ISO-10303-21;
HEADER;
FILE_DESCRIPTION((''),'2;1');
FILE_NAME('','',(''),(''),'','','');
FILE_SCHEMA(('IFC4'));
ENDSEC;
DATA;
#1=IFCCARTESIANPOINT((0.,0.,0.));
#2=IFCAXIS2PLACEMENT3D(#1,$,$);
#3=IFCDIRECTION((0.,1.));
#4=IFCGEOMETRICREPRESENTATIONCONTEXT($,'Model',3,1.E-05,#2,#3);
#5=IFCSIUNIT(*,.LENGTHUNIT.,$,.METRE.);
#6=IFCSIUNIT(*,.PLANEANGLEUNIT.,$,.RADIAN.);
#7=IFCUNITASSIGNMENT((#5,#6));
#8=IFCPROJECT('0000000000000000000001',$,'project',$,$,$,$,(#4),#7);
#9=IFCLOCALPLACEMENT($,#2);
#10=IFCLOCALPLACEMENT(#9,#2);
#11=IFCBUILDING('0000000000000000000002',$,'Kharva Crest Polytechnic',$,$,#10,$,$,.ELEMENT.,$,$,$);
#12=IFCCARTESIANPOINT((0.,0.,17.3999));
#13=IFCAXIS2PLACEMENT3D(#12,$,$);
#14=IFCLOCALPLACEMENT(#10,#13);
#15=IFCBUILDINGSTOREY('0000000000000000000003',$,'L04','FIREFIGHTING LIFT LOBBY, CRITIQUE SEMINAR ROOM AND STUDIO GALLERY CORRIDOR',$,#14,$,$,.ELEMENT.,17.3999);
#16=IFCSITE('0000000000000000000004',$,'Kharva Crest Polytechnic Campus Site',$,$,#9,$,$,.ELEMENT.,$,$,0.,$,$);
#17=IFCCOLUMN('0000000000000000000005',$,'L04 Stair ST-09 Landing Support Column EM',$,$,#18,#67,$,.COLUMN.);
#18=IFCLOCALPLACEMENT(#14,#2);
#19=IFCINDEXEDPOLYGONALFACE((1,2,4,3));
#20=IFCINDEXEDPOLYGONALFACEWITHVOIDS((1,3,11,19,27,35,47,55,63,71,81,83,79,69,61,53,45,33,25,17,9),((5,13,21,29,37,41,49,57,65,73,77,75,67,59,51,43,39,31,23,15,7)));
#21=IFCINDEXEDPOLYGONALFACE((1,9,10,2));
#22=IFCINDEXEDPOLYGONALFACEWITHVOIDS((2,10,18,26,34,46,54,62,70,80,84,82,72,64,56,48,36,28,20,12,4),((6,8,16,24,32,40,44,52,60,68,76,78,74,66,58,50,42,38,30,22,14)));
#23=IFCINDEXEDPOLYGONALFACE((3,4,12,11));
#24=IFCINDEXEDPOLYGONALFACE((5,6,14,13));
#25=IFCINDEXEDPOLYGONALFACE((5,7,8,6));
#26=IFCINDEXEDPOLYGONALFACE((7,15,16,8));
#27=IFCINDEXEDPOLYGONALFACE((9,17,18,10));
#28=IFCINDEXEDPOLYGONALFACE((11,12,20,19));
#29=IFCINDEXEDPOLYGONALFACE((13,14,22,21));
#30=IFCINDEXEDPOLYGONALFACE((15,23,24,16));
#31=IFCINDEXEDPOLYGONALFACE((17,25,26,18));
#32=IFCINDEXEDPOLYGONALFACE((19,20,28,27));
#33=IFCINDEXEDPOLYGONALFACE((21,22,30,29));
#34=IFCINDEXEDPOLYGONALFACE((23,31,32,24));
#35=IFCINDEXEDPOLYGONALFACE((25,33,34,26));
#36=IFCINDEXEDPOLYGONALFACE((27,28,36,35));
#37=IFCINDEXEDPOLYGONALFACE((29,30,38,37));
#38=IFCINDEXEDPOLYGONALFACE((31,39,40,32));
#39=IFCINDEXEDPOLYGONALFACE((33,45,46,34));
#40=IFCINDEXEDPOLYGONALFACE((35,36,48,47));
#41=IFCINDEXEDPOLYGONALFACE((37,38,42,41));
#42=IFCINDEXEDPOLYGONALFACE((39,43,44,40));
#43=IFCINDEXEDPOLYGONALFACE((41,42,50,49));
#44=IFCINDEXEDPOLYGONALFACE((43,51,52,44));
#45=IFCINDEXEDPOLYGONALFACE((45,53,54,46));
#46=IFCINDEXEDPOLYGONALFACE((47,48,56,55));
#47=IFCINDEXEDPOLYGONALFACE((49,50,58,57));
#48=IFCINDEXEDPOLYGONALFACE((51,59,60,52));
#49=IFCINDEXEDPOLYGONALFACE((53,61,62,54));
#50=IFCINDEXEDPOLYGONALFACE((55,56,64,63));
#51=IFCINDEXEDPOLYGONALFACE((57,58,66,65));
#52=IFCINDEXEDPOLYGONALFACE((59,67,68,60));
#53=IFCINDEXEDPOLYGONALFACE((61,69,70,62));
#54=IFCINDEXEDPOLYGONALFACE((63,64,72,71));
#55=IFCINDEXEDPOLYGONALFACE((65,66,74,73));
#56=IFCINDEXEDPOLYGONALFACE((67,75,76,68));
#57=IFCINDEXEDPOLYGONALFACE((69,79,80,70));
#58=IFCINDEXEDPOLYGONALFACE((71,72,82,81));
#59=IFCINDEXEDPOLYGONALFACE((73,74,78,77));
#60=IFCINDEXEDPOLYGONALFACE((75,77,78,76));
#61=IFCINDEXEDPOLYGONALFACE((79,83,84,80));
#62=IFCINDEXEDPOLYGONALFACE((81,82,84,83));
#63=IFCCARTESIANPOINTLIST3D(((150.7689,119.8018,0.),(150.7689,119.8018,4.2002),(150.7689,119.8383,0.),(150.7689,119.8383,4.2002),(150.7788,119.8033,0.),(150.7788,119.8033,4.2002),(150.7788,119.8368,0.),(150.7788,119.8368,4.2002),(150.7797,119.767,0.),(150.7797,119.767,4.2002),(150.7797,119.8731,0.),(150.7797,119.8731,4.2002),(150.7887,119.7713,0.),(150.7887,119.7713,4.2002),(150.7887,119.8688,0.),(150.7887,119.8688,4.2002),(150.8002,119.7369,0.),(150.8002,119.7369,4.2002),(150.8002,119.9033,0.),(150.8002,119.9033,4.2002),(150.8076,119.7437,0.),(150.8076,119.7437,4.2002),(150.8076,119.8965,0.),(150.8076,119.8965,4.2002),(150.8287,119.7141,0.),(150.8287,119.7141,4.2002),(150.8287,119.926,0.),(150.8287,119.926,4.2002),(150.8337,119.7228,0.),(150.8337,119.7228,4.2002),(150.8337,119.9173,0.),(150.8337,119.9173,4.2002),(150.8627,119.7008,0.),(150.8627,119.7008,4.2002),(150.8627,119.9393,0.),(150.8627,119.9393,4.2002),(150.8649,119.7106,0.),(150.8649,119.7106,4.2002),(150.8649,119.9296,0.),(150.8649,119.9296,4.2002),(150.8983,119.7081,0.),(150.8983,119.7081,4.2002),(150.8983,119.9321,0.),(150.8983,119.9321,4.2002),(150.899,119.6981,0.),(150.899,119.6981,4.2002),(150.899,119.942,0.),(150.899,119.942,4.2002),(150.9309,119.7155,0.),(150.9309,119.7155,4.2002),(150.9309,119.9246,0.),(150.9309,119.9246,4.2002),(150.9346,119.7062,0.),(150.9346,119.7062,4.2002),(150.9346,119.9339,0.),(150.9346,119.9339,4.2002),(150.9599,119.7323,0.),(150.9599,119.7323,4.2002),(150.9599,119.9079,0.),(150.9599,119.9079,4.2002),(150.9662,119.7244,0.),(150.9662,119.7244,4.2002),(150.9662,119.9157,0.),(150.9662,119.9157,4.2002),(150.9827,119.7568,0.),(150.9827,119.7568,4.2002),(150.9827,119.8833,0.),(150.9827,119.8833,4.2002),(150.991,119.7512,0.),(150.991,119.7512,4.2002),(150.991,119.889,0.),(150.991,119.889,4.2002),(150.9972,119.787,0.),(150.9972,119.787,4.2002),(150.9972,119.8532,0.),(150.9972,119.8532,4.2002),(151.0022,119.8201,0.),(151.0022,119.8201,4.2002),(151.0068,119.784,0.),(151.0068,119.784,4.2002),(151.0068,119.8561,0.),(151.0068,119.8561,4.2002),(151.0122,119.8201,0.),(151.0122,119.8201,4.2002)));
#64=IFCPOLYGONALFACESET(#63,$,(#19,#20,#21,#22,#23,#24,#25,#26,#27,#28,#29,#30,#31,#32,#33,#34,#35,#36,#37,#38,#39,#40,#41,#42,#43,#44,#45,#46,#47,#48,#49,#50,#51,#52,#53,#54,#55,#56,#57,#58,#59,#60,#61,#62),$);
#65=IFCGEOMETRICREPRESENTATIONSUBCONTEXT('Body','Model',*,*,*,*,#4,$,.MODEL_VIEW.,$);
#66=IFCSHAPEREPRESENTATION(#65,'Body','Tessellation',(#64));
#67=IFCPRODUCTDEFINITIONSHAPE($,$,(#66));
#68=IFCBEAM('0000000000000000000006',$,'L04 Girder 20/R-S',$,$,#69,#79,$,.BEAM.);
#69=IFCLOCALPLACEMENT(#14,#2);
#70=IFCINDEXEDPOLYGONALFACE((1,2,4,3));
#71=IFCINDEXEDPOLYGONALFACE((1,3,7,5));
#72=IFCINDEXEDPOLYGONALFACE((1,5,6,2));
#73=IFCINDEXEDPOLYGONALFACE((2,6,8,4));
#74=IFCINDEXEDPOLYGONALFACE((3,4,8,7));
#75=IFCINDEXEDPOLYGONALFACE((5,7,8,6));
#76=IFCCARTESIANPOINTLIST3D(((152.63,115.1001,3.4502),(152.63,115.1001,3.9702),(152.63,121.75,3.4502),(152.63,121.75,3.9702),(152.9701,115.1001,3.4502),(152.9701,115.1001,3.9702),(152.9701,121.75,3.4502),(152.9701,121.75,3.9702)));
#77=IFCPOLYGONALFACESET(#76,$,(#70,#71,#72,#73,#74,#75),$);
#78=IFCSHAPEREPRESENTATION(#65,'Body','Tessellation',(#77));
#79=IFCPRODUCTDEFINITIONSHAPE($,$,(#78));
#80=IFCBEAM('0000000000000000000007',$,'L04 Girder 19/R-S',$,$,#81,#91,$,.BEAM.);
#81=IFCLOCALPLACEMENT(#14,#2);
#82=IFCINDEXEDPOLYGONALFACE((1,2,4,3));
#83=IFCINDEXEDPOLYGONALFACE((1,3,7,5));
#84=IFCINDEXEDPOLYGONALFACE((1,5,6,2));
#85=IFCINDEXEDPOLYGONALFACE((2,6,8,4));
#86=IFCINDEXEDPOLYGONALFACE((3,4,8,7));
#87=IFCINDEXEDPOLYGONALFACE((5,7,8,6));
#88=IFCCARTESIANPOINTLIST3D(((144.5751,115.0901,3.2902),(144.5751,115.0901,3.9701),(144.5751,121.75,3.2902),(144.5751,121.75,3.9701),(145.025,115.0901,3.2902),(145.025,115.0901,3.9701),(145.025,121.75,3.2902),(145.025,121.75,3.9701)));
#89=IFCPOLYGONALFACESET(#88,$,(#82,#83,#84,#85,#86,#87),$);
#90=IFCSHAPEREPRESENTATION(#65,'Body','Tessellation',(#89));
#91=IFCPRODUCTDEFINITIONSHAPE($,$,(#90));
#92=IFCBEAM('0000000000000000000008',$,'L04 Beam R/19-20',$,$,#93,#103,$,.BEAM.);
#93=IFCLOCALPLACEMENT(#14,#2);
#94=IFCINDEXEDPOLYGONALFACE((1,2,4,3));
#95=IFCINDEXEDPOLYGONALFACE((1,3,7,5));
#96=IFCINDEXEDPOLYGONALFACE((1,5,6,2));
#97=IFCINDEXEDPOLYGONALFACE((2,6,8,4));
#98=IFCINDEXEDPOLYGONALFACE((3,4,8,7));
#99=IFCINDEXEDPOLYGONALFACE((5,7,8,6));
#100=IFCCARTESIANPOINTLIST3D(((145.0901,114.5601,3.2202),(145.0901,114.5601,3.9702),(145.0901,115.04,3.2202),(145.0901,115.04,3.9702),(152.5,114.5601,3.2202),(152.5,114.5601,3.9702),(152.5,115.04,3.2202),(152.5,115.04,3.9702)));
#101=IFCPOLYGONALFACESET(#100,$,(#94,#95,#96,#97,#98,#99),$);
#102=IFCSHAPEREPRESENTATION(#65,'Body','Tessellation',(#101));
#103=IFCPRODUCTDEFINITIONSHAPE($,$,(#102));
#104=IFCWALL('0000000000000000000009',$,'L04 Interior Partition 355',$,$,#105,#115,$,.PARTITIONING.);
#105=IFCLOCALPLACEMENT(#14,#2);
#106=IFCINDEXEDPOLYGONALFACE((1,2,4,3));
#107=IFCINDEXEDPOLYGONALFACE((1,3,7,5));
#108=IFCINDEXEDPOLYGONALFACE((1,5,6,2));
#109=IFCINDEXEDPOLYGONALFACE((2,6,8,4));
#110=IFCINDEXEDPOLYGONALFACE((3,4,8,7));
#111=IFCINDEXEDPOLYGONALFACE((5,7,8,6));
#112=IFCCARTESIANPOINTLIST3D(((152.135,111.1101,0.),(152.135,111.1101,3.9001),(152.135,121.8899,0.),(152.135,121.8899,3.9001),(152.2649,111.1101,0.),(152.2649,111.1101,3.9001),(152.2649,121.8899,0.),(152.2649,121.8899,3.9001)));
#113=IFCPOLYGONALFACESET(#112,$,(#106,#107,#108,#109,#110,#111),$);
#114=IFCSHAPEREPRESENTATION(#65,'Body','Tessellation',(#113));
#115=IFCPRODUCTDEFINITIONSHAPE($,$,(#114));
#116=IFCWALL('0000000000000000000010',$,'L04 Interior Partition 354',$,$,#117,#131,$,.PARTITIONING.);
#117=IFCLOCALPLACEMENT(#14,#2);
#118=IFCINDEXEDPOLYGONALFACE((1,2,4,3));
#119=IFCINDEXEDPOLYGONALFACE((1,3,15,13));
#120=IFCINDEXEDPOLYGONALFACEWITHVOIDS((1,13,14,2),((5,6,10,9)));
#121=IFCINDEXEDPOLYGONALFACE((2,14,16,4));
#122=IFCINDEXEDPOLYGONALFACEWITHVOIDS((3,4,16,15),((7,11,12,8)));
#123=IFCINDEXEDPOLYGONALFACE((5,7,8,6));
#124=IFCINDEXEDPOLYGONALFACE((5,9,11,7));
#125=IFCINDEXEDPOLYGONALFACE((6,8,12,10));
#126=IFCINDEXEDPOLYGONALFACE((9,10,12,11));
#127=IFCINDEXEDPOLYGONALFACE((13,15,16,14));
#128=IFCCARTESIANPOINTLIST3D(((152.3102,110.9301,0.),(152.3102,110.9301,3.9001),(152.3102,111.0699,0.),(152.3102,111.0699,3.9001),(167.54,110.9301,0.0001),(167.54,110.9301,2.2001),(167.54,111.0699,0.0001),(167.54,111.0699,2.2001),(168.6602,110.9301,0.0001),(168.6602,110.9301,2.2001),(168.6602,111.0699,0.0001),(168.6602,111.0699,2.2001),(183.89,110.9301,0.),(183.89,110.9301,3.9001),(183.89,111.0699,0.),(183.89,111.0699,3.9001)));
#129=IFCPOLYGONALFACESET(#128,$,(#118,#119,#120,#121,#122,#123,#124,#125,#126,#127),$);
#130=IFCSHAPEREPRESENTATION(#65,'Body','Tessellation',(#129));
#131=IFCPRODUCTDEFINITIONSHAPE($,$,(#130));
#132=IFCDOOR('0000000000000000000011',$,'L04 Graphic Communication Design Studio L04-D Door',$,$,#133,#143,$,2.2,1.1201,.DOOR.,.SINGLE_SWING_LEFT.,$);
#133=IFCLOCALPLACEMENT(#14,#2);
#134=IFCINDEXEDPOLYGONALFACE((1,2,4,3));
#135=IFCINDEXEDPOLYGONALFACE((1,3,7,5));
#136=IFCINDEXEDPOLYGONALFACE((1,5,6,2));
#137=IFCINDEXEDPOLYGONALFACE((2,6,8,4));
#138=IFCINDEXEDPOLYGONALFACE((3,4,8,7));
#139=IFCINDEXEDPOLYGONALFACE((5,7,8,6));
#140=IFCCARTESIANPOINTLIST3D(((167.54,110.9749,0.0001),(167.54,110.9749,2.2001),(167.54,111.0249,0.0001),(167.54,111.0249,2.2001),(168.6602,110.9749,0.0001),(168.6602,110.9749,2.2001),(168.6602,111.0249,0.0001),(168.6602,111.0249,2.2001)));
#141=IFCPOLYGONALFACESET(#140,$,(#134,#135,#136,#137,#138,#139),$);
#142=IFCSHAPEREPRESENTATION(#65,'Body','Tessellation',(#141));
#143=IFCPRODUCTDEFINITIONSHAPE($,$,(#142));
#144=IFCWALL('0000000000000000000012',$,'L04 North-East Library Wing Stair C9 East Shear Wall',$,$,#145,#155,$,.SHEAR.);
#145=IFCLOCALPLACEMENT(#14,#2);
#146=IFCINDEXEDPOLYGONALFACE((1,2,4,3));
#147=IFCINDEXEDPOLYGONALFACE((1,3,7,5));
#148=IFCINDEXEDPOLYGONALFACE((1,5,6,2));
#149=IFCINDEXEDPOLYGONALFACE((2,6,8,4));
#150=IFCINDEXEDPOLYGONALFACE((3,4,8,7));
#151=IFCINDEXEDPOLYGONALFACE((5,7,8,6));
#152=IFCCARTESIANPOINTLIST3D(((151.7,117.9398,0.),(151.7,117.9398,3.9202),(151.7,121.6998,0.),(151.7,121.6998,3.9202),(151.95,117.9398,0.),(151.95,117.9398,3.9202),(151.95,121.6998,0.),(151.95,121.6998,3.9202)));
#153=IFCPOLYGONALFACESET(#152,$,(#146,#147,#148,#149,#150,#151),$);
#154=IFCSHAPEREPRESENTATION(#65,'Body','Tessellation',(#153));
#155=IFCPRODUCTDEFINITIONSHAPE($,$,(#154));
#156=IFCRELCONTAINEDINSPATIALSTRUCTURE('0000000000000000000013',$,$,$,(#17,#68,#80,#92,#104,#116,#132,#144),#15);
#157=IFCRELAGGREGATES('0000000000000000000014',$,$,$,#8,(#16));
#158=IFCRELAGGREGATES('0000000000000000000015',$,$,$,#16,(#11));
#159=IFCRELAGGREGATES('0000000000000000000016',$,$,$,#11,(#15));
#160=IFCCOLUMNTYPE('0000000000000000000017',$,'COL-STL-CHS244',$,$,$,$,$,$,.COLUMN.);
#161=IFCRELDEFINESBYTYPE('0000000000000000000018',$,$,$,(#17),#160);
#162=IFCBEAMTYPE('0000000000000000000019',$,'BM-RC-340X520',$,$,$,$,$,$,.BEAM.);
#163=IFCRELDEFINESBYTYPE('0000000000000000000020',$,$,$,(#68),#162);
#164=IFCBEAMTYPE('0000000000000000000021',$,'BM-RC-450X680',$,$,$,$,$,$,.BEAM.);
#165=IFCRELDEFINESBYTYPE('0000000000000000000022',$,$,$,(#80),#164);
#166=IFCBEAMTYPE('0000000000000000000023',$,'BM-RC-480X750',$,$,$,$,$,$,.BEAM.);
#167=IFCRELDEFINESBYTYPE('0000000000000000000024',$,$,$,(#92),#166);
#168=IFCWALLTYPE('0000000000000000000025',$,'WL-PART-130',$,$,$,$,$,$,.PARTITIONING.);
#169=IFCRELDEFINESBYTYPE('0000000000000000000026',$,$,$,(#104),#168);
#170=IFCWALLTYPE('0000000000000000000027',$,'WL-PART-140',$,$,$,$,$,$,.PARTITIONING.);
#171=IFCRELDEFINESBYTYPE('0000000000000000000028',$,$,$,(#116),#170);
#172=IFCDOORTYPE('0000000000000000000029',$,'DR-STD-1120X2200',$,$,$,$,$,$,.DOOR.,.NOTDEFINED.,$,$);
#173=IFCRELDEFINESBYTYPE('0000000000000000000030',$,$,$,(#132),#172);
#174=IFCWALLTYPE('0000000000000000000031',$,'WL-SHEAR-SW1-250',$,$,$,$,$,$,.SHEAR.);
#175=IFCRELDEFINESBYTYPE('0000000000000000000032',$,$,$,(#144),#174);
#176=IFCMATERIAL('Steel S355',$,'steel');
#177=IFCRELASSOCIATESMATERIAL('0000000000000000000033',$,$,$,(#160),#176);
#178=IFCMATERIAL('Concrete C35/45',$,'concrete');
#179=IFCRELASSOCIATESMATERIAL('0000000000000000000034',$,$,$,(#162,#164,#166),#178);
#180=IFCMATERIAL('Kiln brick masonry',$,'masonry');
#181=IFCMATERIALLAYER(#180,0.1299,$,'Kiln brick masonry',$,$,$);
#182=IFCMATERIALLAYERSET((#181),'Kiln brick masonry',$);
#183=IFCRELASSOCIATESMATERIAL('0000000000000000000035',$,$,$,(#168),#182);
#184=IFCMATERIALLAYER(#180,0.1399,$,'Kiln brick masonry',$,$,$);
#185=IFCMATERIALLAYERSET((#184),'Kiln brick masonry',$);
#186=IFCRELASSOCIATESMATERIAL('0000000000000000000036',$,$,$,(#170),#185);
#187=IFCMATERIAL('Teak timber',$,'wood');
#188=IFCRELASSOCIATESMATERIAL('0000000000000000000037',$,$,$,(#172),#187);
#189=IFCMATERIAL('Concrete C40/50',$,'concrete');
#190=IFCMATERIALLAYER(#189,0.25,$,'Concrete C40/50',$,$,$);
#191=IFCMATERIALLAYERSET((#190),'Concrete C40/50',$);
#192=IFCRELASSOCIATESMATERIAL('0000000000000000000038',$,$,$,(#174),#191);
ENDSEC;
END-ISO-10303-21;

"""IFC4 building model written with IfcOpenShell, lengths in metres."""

from ifc_helpers import new_model, si_unit, direction, frame, frame_2d, origin, origin_2d, place, context, subcontext, project, spatial, rectangle, hollow_circle, extrude, material, layer, layer_set, material_profile, profile_set, type_object, element, fill, save


model = new_model("IFC4")

# Units and contexts
model_context = context("Model", 3, precision=1e-05, world=origin(), true_north=direction((0.0, 1.0)))
body_context = subcontext(model_context, "Body", "Model", "MODEL_VIEW")
ifc_project = project(units=[si_unit("LENGTHUNIT", "METRE"), si_unit("PLANEANGLEUNIT", "RADIAN")], contexts=[model_context])

# Site, building, storey
site_placement = place(None, origin())
site = spatial("IfcSite", under=ifc_project, at=site_placement, Name="Kharva Crest Polytechnic Campus Site", CompositionType="ELEMENT", RefElevation=0.0)
building_placement = place(site_placement, origin())
building = spatial("IfcBuilding", under=site, at=building_placement, Name="Kharva Crest Polytechnic", CompositionType="ELEMENT")
storey_placement = place(building_placement, frame((0.0, 0.0, 17.3999)))
storey = spatial("IfcBuildingStorey", under=building, at=storey_placement, Name="L04", Description="FIREFIGHTING LIFT LOBBY, CRITIQUE SEMINAR ROOM AND STUDIO GALLERY CORRIDOR", CompositionType="ELEMENT", Elevation=17.3999)

# Column
ifc_material_1 = material(Name="Concrete C40/50", Category="concrete")
ifc_material_2 = material(Name="Steel S355", Category="steel")
ifc_material_profile_1 = material_profile(ifc_material_2, hollow_circle(Radius=0.1223, WallThickness=0.01, at=origin_2d()), Name="CHS 244.5X10.0")
ifc_profile_set_1 = profile_set([ifc_material_profile_1], Name="Steel S355")
column_type_1 = type_object("IfcColumnType", Name="COL-STL-CHS244", PredefinedType="COLUMN", material=ifc_profile_set_1)
for number, where, z_axis, x_axis, name in (
    (1, (150.8899, 119.8201, 0.0), (0.0, 0.0, 1.0), (1.0, 0.0, 0.0), "L04 Stair ST-09 Landing Support Column EM"),
):
    element("IfcColumn", number, at=place(storey_placement, frame(where, z_axis=z_axis, x_axis=x_axis)), inside=storey, type_object=column_type_1, Name=name, PredefinedType="COLUMN", context=body_context, shape_type="SweptSolid", body=[
        extrude(hollow_circle(Radius=0.1223, WallThickness=0.01, at=origin_2d()), origin(), (0.0, 0.0, 1.0), 4.2002),
    ])

# Beams
ifc_material_3 = material(Name="Concrete C35/45", Category="concrete")
ifc_material_profile_2 = material_profile(ifc_material_3, rectangle(XDim=0.3401, YDim=0.52, at=origin_2d()), Name="RECT 340 X 520")
ifc_profile_set_2 = profile_set([ifc_material_profile_2], Name="Concrete C35/45")
beam_type_1 = type_object("IfcBeamType", Name="BM-RC-340X520", PredefinedType="BEAM", material=ifc_profile_set_2)
beam_1_placement = place(storey_placement, frame((152.8, 115.1001, 3.7102), z_axis=(0.0, 1.0, 0.0), x_axis=(-1.0, 0.0, 0.0)))
element("IfcBeam", 2, at=beam_1_placement, inside=storey, type_object=beam_type_1, Name="L04 Girder 20/R-S", PredefinedType="BEAM", context=body_context, shape_type="SweptSolid", body=[
    extrude(rectangle(XDim=0.3401, YDim=0.52, at=origin_2d()), origin(), (0.0, 0.0, 1.0), 6.6499),
])
ifc_material_profile_3 = material_profile(ifc_material_3, rectangle(XDim=0.45, YDim=0.6799, at=origin_2d()), Name="RECT 450 X 680")
ifc_profile_set_3 = profile_set([ifc_material_profile_3], Name="Concrete C35/45")
beam_type_2 = type_object("IfcBeamType", Name="BM-RC-450X680", PredefinedType="BEAM", material=ifc_profile_set_3)
beam_2_placement = place(storey_placement, frame((144.8, 115.0901, 3.6301), z_axis=(0.0, 1.0, 0.0), x_axis=(-1.0, 0.0, 0.0)))
element("IfcBeam", 3, at=beam_2_placement, inside=storey, type_object=beam_type_2, Name="L04 Girder 19/R-S", PredefinedType="BEAM", context=body_context, shape_type="SweptSolid", body=[
    extrude(rectangle(XDim=0.45, YDim=0.6799, at=origin_2d()), origin(), (0.0, 0.0, 1.0), 6.6599),
])
ifc_material_profile_4 = material_profile(ifc_material_3, rectangle(XDim=0.48, YDim=0.75, at=origin_2d()), Name="RECT 480 X 750")
ifc_profile_set_4 = profile_set([ifc_material_profile_4], Name="Concrete C35/45")
beam_type_3 = type_object("IfcBeamType", Name="BM-RC-480X750", PredefinedType="BEAM", material=ifc_profile_set_4)
beam_3_placement = place(storey_placement, frame((145.0901, 114.8, 3.5952), z_axis=(1.0, 0.0, 0.0), x_axis=(0.0, 1.0, 0.0)))
element("IfcBeam", 4, at=beam_3_placement, inside=storey, type_object=beam_type_3, Name="L04 Beam R/19-20", PredefinedType="BEAM", context=body_context, shape_type="SweptSolid", body=[
    extrude(rectangle(XDim=0.48, YDim=0.75, at=origin_2d()), origin(), (0.0, 0.0, 1.0), 7.4099),
])

# Wall
ifc_material_4 = material(Name="Kiln brick masonry", Category="masonry")
ifc_layer_1 = layer(ifc_material_4, 0.1299, Name="Kiln brick masonry")
ifc_layer_set_1 = layer_set([ifc_layer_1], Name="Kiln brick masonry")
wall_type_1 = type_object("IfcWallType", Name="WL-PART-130", PredefinedType="PARTITIONING", material=ifc_layer_set_1)
wall_1_placement = place(storey_placement, frame((152.2, 111.1101, 0.0), z_axis=(0.0, 0.0, 1.0), x_axis=(0.0, 1.0, 0.0)))
element("IfcWall", 5, at=wall_1_placement, inside=storey, type_object=wall_type_1, Name="L04 Interior Partition 355", PredefinedType="PARTITIONING", context=body_context, shape_type="SweptSolid", body=[
    extrude(rectangle(XDim=10.7798, YDim=0.1299, at=frame_2d((5.3899, 0.0))), origin(), (0.0, 0.0, 1.0), 3.9001),
])

# Wall, opening, door
ifc_layer_2 = layer(ifc_material_4, 0.1399, Name="Kiln brick masonry")
ifc_layer_set_2 = layer_set([ifc_layer_2], Name="Kiln brick masonry")
wall_type_2 = type_object("IfcWallType", Name="WL-PART-140", PredefinedType="PARTITIONING", material=ifc_layer_set_2)
wall_2_placement = place(storey_placement, frame((152.3101, 111.0, 0.0), z_axis=(0.0, 0.0, 1.0), x_axis=(1.0, 0.0, 0.0)))
wall_2 = element("IfcWall", 6, at=wall_2_placement, inside=storey, type_object=wall_type_2, Name="L04 Interior Partition 354", PredefinedType="PARTITIONING", context=body_context, shape_type="SweptSolid", body=[
    extrude(rectangle(XDim=31.5798, YDim=0.1399, at=frame_2d((15.79, 0.0))), origin(), (0.0, 0.0, 1.0), 3.9001),
])
opening_placement = place(wall_2_placement, frame((15.23, 0.0, 0.0)))
opening = element("IfcOpeningElement", 7, at=opening_placement, cuts=wall_2, PredefinedType="OPENING", context=body_context, shape_type="SweptSolid", body=[
    extrude(rectangle(XDim=1.1201, YDim=2.2, at=frame_2d((0.5601, 1.1001))), frame((0.0, 0.0798, 0.0), z_axis=(0.0, -1.0, 0.0), x_axis=(1.0, 0.0, 0.0)), (0.0, 0.0, 1.0), 0.1599),
])
ifc_material_5 = material(Name="Teak timber", Category="wood")
door_type = type_object("IfcDoorType", Name="DR-STD-1120X2200", OperationType="NOTDEFINED", PredefinedType="DOOR", material=ifc_material_5)
door_placement = place(opening_placement, origin())
door = element("IfcDoor", 8, at=door_placement, inside=storey, type_object=door_type, Name="L04 Graphic Communication Design Studio L04-D Door", OperationType="SINGLE_SWING_LEFT", OverallHeight=2.2, OverallWidth=1.1201, PredefinedType="DOOR", context=body_context, shape_type="SweptSolid", body=[
    extrude(rectangle(XDim=1.1201, YDim=2.2, at=frame_2d((0.5601, 1.1001))), frame((0.0, 0.0249, 0.0), z_axis=(0.0, -1.0, 0.0), x_axis=(1.0, 0.0, 0.0)), (0.0, 0.0, 1.0), 0.05),
])
fill(opening, door)

# Wall
ifc_layer_3 = layer(ifc_material_1, 0.25, Name="Concrete C40/50")
ifc_layer_set_3 = layer_set([ifc_layer_3], Name="Concrete C40/50")
wall_type_3 = type_object("IfcWallType", Name="WL-SHEAR-SW1-250", PredefinedType="SHEAR", material=ifc_layer_set_3)
wall_3_placement = place(storey_placement, frame((151.825, 117.9399, 0.0), z_axis=(0.0, 0.0, 1.0), x_axis=(0.0, 1.0, 0.0)))
element("IfcWall", 9, at=wall_3_placement, inside=storey, type_object=wall_type_3, Name="L04 North-East Library Wing Stair C9 East Shear Wall", PredefinedType="SHEAR", context=body_context, shape_type="SweptSolid", body=[
    extrude(rectangle(XDim=3.76, YDim=0.25, at=frame_2d((1.8799, 0.0))), origin(), (0.0, 0.0, 1.0), 3.9202),
])

save(model, "model.ifc")
